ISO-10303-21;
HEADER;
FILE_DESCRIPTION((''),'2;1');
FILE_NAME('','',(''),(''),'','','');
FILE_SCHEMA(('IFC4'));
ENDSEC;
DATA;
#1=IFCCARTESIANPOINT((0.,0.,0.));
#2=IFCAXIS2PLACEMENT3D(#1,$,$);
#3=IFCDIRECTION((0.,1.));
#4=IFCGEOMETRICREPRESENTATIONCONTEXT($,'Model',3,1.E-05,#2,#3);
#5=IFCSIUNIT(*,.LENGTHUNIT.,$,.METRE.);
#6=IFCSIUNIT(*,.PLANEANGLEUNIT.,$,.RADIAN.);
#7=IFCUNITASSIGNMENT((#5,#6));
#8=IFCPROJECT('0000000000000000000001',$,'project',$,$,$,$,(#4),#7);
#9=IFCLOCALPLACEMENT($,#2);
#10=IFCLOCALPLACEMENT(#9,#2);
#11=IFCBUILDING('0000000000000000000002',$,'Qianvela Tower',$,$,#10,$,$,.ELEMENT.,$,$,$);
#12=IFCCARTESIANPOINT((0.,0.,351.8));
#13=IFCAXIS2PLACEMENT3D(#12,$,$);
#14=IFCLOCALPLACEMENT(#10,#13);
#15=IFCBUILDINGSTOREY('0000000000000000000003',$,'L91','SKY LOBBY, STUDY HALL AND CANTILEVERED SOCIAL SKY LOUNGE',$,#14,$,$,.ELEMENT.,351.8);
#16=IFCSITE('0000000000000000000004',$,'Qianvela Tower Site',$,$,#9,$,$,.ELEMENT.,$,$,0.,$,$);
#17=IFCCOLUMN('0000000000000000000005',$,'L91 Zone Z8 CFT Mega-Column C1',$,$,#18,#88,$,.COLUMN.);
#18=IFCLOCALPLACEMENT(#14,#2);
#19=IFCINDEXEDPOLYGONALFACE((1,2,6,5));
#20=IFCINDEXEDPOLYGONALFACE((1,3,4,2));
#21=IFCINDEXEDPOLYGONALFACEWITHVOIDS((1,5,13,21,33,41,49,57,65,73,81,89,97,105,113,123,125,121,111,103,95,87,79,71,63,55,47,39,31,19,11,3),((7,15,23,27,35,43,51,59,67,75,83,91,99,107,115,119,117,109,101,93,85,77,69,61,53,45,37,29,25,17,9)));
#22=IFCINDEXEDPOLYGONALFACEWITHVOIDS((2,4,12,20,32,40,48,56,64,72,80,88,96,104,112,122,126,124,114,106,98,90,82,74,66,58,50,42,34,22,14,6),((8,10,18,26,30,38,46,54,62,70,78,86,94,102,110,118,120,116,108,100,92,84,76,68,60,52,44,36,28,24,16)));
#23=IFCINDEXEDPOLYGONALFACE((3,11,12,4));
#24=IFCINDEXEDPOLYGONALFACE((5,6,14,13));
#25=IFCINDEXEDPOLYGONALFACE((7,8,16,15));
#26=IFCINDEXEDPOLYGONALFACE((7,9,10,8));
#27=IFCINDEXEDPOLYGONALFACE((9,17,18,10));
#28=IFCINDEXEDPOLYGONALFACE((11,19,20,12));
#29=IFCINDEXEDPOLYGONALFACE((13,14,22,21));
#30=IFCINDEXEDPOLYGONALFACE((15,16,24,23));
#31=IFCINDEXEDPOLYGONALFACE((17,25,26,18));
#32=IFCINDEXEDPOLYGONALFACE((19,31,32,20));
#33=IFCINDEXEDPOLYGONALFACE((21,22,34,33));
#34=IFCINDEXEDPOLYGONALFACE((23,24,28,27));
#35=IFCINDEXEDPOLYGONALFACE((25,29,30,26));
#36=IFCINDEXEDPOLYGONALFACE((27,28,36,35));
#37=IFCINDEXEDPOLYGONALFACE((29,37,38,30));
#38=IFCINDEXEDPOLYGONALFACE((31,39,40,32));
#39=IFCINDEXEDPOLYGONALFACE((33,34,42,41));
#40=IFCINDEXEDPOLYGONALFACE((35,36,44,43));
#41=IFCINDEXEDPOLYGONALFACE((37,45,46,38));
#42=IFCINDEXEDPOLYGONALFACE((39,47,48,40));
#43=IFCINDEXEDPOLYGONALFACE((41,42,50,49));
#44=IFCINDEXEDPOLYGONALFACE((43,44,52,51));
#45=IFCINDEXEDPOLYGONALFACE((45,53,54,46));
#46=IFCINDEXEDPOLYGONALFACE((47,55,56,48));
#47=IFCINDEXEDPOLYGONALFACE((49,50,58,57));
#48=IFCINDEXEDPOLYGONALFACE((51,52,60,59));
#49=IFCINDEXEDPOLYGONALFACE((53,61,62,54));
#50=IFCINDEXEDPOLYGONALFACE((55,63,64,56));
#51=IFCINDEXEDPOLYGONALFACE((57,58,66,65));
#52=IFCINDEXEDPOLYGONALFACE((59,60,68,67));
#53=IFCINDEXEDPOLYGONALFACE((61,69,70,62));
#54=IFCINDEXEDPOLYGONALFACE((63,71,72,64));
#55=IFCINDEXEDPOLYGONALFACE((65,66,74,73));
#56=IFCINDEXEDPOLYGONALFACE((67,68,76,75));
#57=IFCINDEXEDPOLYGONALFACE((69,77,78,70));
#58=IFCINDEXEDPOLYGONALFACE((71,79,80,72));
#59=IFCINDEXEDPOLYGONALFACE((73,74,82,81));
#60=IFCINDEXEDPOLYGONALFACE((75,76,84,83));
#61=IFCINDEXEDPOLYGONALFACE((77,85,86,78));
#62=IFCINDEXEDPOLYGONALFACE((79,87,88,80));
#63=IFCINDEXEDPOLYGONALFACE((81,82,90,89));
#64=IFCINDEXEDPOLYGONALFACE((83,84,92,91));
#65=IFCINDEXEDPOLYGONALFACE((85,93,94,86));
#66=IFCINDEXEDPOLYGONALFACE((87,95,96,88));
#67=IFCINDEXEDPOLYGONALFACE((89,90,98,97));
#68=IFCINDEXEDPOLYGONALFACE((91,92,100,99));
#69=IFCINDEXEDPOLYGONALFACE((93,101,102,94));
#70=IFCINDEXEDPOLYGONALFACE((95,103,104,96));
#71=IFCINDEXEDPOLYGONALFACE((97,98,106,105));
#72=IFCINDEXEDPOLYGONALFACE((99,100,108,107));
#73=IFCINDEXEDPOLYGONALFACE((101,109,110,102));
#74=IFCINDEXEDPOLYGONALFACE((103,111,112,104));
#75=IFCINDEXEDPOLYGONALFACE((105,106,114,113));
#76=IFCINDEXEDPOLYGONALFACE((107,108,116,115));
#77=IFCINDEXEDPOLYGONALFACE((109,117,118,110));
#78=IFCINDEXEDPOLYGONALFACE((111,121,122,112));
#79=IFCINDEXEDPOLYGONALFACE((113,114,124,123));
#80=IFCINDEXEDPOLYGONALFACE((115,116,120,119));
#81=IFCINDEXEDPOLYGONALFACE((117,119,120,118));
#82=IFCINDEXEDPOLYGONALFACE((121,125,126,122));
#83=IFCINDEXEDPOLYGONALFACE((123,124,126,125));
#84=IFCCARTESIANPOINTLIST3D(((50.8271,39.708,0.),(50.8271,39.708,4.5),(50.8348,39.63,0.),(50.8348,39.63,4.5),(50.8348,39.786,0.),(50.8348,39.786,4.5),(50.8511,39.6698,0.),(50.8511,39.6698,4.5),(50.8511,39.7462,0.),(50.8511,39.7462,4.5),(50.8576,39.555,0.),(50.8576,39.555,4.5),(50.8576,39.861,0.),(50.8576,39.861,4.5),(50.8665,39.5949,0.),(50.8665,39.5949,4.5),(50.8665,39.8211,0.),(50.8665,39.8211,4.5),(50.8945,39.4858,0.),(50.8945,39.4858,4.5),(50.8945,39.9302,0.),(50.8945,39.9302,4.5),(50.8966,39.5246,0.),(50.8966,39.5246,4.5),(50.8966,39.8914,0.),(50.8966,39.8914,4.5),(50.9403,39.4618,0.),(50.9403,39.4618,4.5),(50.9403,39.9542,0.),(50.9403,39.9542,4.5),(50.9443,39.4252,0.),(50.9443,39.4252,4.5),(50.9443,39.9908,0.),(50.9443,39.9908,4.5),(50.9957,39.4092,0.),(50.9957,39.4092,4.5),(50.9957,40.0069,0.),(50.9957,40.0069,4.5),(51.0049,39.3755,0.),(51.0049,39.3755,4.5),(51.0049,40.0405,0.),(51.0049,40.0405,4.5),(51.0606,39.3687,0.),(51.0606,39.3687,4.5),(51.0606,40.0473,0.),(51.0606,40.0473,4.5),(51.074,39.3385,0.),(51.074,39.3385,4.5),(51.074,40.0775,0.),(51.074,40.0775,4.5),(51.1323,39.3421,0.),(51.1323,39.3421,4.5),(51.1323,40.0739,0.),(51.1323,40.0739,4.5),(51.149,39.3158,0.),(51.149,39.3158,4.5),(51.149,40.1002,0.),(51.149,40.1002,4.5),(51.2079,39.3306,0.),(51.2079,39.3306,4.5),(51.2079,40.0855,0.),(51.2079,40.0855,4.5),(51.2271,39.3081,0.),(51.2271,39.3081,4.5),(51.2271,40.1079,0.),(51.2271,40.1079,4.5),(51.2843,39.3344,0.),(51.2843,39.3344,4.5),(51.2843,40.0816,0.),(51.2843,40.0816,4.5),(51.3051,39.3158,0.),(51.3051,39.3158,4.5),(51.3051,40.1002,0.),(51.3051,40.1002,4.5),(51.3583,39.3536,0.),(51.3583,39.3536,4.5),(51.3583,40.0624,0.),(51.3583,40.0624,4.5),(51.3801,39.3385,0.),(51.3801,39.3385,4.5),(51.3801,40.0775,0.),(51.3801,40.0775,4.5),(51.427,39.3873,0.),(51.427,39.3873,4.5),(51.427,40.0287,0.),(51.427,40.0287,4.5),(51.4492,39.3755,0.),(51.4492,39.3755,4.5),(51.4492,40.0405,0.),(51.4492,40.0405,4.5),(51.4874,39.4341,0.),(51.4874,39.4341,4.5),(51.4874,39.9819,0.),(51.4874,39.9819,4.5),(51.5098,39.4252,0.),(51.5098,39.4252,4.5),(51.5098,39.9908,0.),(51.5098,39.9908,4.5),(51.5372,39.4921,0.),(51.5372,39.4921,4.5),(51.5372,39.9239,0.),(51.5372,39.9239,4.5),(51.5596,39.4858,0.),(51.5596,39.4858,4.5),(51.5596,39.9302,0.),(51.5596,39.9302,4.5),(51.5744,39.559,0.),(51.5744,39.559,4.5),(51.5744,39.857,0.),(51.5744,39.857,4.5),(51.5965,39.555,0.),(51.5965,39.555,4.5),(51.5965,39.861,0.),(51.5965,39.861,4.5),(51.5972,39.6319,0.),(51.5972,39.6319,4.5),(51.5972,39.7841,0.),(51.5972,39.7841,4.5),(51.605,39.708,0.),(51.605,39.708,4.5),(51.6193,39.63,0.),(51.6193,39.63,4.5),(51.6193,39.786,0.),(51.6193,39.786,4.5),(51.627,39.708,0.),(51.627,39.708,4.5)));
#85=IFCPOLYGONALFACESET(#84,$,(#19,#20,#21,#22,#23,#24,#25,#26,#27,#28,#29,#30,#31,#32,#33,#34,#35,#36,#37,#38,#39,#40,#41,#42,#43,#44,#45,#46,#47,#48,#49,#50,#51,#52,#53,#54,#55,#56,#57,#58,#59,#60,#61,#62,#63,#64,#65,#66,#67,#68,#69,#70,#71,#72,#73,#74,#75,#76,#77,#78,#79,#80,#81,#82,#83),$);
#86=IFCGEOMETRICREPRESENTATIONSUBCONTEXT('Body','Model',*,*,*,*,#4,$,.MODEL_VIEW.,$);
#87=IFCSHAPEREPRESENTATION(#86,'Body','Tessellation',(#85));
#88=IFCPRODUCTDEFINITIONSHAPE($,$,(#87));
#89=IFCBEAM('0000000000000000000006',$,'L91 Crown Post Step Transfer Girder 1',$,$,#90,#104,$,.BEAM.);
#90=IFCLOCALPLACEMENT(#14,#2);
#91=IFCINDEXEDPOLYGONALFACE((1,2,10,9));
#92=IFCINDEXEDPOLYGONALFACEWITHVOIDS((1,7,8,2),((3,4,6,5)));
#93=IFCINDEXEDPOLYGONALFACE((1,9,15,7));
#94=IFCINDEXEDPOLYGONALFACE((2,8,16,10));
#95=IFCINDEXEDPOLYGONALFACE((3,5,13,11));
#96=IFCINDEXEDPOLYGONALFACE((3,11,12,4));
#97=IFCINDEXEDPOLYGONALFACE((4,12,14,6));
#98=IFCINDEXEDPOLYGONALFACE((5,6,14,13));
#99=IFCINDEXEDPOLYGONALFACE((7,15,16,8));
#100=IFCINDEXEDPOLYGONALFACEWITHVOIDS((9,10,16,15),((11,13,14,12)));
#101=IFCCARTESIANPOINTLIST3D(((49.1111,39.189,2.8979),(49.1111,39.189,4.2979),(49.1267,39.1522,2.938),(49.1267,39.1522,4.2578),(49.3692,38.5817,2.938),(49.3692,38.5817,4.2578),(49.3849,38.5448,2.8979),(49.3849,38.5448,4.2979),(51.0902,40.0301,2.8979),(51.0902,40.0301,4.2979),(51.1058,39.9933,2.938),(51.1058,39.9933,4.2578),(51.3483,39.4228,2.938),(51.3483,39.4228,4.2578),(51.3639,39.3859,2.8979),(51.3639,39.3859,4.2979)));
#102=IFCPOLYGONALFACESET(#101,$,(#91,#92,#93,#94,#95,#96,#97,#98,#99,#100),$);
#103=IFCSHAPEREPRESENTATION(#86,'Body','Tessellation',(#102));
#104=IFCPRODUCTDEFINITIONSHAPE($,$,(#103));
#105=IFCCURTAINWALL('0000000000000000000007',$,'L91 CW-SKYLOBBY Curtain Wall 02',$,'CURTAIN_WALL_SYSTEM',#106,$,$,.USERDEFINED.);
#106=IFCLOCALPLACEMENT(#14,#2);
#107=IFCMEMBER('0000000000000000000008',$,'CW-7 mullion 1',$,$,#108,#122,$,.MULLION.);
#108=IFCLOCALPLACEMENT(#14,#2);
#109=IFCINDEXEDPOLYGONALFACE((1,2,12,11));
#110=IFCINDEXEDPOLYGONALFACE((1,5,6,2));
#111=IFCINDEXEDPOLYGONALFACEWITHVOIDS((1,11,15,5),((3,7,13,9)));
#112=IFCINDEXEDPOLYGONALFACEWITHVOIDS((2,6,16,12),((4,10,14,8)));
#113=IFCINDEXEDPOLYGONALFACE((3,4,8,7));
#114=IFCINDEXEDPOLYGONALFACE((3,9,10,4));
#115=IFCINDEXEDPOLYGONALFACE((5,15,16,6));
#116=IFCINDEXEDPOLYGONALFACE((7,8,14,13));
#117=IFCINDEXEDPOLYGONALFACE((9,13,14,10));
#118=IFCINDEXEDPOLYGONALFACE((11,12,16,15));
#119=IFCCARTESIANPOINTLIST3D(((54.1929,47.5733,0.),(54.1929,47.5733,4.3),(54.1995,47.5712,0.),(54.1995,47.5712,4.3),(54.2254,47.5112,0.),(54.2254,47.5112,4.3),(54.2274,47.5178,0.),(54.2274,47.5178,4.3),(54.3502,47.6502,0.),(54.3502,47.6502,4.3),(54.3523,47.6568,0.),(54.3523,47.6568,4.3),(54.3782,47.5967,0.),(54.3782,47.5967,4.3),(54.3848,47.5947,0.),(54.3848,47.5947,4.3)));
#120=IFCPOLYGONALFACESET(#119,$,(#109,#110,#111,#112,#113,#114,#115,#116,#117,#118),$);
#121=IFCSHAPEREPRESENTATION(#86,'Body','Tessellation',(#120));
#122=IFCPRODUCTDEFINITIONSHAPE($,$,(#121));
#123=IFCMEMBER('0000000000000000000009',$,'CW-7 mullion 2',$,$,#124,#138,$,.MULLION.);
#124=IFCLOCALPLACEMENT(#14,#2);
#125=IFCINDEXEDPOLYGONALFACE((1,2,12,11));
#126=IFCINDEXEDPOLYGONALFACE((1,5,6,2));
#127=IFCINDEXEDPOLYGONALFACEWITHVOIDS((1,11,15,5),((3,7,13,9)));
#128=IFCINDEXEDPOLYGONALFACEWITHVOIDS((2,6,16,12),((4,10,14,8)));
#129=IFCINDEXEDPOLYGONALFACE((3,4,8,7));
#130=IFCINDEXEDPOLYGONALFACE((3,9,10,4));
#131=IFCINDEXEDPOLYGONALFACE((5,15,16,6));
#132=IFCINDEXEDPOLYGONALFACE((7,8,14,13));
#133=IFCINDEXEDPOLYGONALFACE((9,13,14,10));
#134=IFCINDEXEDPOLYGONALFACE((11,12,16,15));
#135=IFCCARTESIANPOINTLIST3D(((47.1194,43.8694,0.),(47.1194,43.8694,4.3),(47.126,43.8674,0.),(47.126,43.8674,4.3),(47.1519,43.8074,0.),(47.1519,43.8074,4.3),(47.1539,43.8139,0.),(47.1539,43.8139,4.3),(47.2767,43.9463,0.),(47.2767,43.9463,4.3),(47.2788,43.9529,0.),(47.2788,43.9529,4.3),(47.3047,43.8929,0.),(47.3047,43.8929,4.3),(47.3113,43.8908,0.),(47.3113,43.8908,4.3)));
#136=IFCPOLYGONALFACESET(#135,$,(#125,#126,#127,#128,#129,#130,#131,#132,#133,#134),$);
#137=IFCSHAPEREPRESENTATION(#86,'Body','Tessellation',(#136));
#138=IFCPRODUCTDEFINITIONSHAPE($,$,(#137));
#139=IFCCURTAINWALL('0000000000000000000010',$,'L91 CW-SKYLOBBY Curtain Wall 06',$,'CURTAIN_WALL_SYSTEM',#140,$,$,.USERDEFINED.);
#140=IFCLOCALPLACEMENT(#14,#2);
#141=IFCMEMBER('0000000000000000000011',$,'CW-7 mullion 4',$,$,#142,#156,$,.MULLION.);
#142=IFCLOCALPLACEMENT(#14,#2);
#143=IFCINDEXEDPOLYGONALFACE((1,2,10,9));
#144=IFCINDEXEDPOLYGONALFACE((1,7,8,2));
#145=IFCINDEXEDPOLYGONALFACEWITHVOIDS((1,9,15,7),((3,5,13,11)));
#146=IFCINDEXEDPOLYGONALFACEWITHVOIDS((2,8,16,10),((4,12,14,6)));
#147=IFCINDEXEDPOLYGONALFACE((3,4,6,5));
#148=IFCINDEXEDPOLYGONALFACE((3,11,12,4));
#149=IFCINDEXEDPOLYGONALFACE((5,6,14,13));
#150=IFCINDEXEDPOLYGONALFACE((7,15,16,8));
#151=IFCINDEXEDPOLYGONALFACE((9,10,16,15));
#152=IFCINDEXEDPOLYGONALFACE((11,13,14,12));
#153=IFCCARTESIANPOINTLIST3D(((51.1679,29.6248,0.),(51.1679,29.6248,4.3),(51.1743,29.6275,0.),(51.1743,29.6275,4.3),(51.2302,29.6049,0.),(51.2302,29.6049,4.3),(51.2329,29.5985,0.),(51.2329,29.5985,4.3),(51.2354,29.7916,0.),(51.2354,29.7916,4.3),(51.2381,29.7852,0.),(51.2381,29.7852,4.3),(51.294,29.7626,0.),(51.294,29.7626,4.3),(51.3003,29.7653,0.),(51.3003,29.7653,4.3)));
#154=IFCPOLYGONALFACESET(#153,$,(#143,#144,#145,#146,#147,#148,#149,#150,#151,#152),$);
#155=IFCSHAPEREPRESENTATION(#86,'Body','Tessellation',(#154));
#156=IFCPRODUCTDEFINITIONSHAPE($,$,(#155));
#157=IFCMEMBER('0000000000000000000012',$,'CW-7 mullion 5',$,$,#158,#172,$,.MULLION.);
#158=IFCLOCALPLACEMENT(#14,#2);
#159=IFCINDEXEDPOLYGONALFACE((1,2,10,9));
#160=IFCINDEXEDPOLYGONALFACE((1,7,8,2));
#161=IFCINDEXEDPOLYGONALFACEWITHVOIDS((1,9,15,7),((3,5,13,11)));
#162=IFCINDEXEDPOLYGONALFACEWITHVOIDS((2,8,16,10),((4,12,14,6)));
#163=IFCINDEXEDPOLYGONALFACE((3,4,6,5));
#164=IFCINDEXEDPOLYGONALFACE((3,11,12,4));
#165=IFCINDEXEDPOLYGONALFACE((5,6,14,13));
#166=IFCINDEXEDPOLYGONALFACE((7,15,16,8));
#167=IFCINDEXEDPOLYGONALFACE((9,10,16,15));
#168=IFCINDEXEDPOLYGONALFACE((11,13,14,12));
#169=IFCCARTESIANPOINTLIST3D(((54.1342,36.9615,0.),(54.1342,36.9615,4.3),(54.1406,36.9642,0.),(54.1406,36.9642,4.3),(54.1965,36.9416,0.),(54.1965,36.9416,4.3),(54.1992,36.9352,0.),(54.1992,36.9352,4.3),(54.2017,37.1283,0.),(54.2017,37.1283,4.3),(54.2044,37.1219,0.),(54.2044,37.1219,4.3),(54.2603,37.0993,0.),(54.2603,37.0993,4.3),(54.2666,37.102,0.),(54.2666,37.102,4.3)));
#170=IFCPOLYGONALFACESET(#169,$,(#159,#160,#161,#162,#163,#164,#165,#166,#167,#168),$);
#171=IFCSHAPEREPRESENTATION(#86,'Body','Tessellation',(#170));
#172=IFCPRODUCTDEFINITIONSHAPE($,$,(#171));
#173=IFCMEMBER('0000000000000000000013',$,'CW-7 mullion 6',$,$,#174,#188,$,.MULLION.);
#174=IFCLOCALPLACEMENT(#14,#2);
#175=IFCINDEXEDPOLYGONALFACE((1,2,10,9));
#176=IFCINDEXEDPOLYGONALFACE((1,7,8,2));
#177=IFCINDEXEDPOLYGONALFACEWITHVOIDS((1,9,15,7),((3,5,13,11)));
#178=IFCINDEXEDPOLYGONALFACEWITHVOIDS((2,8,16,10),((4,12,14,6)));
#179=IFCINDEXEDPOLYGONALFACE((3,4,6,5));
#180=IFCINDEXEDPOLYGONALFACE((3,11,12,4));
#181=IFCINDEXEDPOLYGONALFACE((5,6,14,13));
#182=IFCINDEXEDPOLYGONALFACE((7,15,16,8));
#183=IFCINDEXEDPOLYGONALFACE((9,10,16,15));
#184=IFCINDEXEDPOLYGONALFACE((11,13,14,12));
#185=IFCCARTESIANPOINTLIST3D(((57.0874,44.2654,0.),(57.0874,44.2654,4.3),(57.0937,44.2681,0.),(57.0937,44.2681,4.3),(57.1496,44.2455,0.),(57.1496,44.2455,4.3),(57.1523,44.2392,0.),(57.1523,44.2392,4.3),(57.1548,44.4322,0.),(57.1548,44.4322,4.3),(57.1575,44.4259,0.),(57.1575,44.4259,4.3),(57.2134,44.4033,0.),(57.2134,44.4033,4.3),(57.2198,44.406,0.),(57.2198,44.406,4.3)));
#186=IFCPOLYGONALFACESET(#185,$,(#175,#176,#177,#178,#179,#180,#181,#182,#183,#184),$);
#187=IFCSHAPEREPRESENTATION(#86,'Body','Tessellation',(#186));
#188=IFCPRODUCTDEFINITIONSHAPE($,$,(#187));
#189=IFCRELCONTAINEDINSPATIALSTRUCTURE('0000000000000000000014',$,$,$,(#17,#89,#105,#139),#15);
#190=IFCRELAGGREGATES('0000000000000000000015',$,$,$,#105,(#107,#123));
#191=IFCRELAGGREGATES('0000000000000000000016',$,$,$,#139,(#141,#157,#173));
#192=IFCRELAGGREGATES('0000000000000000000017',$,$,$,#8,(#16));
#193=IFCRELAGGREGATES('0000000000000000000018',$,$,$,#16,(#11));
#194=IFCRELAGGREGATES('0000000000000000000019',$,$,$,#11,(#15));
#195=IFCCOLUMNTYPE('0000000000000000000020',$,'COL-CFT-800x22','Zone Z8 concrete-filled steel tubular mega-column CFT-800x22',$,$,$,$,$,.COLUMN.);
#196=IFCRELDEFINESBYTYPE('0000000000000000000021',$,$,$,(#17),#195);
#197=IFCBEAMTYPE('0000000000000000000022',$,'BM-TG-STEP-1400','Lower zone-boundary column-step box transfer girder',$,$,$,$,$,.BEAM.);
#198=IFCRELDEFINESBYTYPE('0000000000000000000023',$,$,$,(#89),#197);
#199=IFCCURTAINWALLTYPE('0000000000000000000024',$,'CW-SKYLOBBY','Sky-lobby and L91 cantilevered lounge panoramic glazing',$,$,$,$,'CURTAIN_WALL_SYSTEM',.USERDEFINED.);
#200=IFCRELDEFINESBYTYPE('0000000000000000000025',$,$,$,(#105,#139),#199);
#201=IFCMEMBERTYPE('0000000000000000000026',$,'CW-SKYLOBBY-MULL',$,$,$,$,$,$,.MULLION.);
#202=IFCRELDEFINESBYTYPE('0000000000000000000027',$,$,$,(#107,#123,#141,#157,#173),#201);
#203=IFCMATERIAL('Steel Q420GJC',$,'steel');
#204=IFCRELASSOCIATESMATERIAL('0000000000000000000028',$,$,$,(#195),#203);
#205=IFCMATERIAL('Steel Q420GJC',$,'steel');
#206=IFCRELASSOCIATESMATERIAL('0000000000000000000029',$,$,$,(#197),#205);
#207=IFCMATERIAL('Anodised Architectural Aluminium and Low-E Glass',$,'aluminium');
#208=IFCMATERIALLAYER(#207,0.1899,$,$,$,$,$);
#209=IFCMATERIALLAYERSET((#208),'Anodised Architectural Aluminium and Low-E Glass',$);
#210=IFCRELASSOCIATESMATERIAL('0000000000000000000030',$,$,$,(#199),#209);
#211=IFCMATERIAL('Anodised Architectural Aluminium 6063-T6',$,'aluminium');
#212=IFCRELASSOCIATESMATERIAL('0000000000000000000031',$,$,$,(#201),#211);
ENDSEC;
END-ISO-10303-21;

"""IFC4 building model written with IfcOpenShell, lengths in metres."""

from ifc_helpers import new_model, si_unit, direction, frame, origin, origin_2d, place, context, subcontext, project, spatial, hollow_rectangle, hollow_circle, extrude, material, layer, layer_set, material_profile, profile_set, type_object, element, aggregate, save


model = new_model("IFC4")

# Units and contexts
model_context = context("Model", 3, precision=1e-05, world=origin(), true_north=direction((0.0, 1.0)))
body_context = subcontext(model_context, "Body", "Model", "MODEL_VIEW")
ifc_project = project(units=[si_unit("LENGTHUNIT", "METRE"), si_unit("PLANEANGLEUNIT", "RADIAN")], contexts=[model_context])

# Site, building, storey
site_placement = place(None, origin())
site = spatial("IfcSite", under=ifc_project, at=site_placement, Name="Qianvela Tower Site", CompositionType="ELEMENT", RefElevation=0.0)
building_placement = place(site_placement, origin())
building = spatial("IfcBuilding", under=site, at=building_placement, Name="Qianvela Tower", CompositionType="ELEMENT")
storey_placement = place(building_placement, frame((0.0, 0.0, 351.8)))
storey = spatial("IfcBuildingStorey", under=building, at=storey_placement, Name="L91", Description="SKY LOBBY, STUDY HALL AND CANTILEVERED SOCIAL SKY LOUNGE", CompositionType="ELEMENT", Elevation=351.8)

# Column
ifc_material_1 = material(Name="Steel Q420GJC", Category="steel")
ifc_material_profile_1 = material_profile(ifc_material_1, hollow_circle(Radius=0.3999, WallThickness=0.022, at=origin_2d()), Name="CFT-800x22")
ifc_profile_set_1 = profile_set([ifc_material_profile_1], Name="Steel Q420GJC")
column_type = type_object("IfcColumnType", Name="COL-CFT-800x22", Description="Zone Z8 concrete-filled steel tubular mega-column CFT-800x22", PredefinedType="COLUMN", material=ifc_profile_set_1)
column_placement = place(storey_placement, frame((51.2271, 39.708, 0.0), z_axis=(0.0, 0.0, 1.0), x_axis=(1.0, 0.0, 0.0)))
element("IfcColumn", 1, at=column_placement, inside=storey, type_object=column_type, Name="L91 Zone Z8 CFT Mega-Column C1", PredefinedType="COLUMN", context=body_context, shape_type="SweptSolid", body=[
    extrude(hollow_circle(Radius=0.3999, WallThickness=0.022, at=origin_2d()), origin(), (0.0, 0.0, 1.0), 4.5),
])

# Beam
ifc_material_2 = material(Name="Steel Q420GJC", Category="steel")
ifc_material_profile_2 = material_profile(ifc_material_2, hollow_rectangle(XDim=0.7, YDim=1.3999, WallThickness=0.04, at=origin_2d()), Name="TG-BOX-1400x700x40")
ifc_profile_set_2 = profile_set([ifc_material_profile_2], Name="Steel Q420GJC")
beam_type = type_object("IfcBeamType", Name="BM-TG-STEP-1400", Description="Lower zone-boundary column-step box transfer girder", PredefinedType="BEAM", material=ifc_profile_set_2)
beam_placement = place(storey_placement, frame((51.2271, 39.708, 3.5979), z_axis=(-0.920333, -0.391136, 0.0), x_axis=(0.391136, -0.920333, 0.0)))
element("IfcBeam", 2, at=beam_placement, inside=storey, type_object=beam_type, Name="L91 Crown Post Step Transfer Girder 1", PredefinedType="BEAM", context=body_context, shape_type="SweptSolid", body=[
    extrude(hollow_rectangle(XDim=0.7, YDim=1.3999, WallThickness=0.04, at=origin_2d()), origin(), (0.0, 0.0, 1.0), 2.1504),
])

# Curtain walls, members
ifc_material_3 = material(Name="Anodised Architectural Aluminium and Low-E Glass", Category="aluminium")
ifc_layer_1 = layer(ifc_material_3, 0.1899)
ifc_layer_set_1 = layer_set([ifc_layer_1], Name="Anodised Architectural Aluminium and Low-E Glass")
curtain_wall_type = type_object("IfcCurtainWallType", Name="CW-SKYLOBBY", Description="Sky-lobby and L91 cantilevered lounge panoramic glazing", ElementType="CURTAIN_WALL_SYSTEM", PredefinedType="USERDEFINED", material=ifc_layer_set_1)
curtain_wall_1_placement = place(storey_placement, origin())
curtain_wall_1 = element("IfcCurtainWall", 3, at=curtain_wall_1_placement, inside=storey, type_object=curtain_wall_type, Name="L91 CW-SKYLOBBY Curtain Wall 02", ObjectType="CURTAIN_WALL_SYSTEM", PredefinedType="USERDEFINED")
ifc_material_4 = material(Name="Anodised Architectural Aluminium 6063-T6", Category="aluminium")
ifc_material_profile_3 = material_profile(ifc_material_4, hollow_rectangle(XDim=0.0701, YDim=0.1799, WallThickness=0.0049, at=origin_2d()), Name="ALU-MULL-70x180")
ifc_profile_set_3 = profile_set([ifc_material_profile_3], Name="Anodised Architectural Aluminium 6063-T6")
member_type_1 = type_object("IfcMemberType", Name="CW-SKYLOBBY-MULL", PredefinedType="MULLION", material=ifc_profile_set_3)
member_1_placement = place(storey_placement, frame((54.2888, 47.584, 0.0), z_axis=(0.0, 0.0, 1.0), x_axis=(0.46389, -0.885893, 0.0)))
member_1 = element("IfcMember", 4, at=member_1_placement, type_object=member_type_1, Name="CW-7 mullion 1", PredefinedType="MULLION", context=body_context, shape_type="SweptSolid", body=[
    extrude(hollow_rectangle(XDim=0.0701, YDim=0.1799, WallThickness=0.0049, at=origin_2d()), origin(), (0.0, 0.0, 1.0), 4.3),
])
member_2_placement = place(storey_placement, frame((47.2153, 43.8801, 0.0), z_axis=(0.0, 0.0, 1.0), x_axis=(0.46389, -0.885893, 0.0)))
member_2 = element("IfcMember", 5, at=member_2_placement, type_object=member_type_1, Name="CW-7 mullion 2", PredefinedType="MULLION", context=body_context, shape_type="SweptSolid", body=[
    extrude(hollow_rectangle(XDim=0.0701, YDim=0.1799, WallThickness=0.0049, at=origin_2d()), origin(), (0.0, 0.0, 1.0), 4.3),
])
curtain_wall_2_placement = place(storey_placement, origin())
curtain_wall_2 = element("IfcCurtainWall", 6, at=curtain_wall_2_placement, inside=storey, type_object=curtain_wall_type, Name="L91 CW-SKYLOBBY Curtain Wall 06", ObjectType="CURTAIN_WALL_SYSTEM", PredefinedType="USERDEFINED")
member_3_placement = place(storey_placement, frame((51.2341, 29.6951, 0.0), z_axis=(0.0, 0.0, 1.0), x_axis=(-0.927092, 0.374834, 0.0)))
member_3 = element("IfcMember", 7, at=member_3_placement, type_object=member_type_1, Name="CW-7 mullion 4", PredefinedType="MULLION", context=body_context, shape_type="SweptSolid", body=[
    extrude(hollow_rectangle(XDim=0.0701, YDim=0.1799, WallThickness=0.0049, at=origin_2d()), origin(), (0.0, 0.0, 1.0), 4.3),
])
member_4_placement = place(storey_placement, frame((54.2004, 37.0317, 0.0), z_axis=(0.0, 0.0, 1.0), x_axis=(-0.927092, 0.374834, 0.0)))
member_4 = element("IfcMember", 8, at=member_4_placement, type_object=member_type_1, Name="CW-7 mullion 5", PredefinedType="MULLION", context=body_context, shape_type="SweptSolid", body=[
    extrude(hollow_rectangle(XDim=0.0701, YDim=0.1799, WallThickness=0.0049, at=origin_2d()), origin(), (0.0, 0.0, 1.0), 4.3),
])
member_5_placement = place(storey_placement, frame((57.1536, 44.3357, 0.0), z_axis=(0.0, 0.0, 1.0), x_axis=(-0.927092, 0.374834, 0.0)))
member_5 = element("IfcMember", 9, at=member_5_placement, type_object=member_type_1, Name="CW-7 mullion 6", PredefinedType="MULLION", context=body_context, shape_type="SweptSolid", body=[
    extrude(hollow_rectangle(XDim=0.0701, YDim=0.1799, WallThickness=0.0049, at=origin_2d()), origin(), (0.0, 0.0, 1.0), 4.3),
])

aggregate(curtain_wall_1, [member_1, member_2])
aggregate(curtain_wall_2, [member_3, member_4, member_5])

save(model, "model.ifc")
